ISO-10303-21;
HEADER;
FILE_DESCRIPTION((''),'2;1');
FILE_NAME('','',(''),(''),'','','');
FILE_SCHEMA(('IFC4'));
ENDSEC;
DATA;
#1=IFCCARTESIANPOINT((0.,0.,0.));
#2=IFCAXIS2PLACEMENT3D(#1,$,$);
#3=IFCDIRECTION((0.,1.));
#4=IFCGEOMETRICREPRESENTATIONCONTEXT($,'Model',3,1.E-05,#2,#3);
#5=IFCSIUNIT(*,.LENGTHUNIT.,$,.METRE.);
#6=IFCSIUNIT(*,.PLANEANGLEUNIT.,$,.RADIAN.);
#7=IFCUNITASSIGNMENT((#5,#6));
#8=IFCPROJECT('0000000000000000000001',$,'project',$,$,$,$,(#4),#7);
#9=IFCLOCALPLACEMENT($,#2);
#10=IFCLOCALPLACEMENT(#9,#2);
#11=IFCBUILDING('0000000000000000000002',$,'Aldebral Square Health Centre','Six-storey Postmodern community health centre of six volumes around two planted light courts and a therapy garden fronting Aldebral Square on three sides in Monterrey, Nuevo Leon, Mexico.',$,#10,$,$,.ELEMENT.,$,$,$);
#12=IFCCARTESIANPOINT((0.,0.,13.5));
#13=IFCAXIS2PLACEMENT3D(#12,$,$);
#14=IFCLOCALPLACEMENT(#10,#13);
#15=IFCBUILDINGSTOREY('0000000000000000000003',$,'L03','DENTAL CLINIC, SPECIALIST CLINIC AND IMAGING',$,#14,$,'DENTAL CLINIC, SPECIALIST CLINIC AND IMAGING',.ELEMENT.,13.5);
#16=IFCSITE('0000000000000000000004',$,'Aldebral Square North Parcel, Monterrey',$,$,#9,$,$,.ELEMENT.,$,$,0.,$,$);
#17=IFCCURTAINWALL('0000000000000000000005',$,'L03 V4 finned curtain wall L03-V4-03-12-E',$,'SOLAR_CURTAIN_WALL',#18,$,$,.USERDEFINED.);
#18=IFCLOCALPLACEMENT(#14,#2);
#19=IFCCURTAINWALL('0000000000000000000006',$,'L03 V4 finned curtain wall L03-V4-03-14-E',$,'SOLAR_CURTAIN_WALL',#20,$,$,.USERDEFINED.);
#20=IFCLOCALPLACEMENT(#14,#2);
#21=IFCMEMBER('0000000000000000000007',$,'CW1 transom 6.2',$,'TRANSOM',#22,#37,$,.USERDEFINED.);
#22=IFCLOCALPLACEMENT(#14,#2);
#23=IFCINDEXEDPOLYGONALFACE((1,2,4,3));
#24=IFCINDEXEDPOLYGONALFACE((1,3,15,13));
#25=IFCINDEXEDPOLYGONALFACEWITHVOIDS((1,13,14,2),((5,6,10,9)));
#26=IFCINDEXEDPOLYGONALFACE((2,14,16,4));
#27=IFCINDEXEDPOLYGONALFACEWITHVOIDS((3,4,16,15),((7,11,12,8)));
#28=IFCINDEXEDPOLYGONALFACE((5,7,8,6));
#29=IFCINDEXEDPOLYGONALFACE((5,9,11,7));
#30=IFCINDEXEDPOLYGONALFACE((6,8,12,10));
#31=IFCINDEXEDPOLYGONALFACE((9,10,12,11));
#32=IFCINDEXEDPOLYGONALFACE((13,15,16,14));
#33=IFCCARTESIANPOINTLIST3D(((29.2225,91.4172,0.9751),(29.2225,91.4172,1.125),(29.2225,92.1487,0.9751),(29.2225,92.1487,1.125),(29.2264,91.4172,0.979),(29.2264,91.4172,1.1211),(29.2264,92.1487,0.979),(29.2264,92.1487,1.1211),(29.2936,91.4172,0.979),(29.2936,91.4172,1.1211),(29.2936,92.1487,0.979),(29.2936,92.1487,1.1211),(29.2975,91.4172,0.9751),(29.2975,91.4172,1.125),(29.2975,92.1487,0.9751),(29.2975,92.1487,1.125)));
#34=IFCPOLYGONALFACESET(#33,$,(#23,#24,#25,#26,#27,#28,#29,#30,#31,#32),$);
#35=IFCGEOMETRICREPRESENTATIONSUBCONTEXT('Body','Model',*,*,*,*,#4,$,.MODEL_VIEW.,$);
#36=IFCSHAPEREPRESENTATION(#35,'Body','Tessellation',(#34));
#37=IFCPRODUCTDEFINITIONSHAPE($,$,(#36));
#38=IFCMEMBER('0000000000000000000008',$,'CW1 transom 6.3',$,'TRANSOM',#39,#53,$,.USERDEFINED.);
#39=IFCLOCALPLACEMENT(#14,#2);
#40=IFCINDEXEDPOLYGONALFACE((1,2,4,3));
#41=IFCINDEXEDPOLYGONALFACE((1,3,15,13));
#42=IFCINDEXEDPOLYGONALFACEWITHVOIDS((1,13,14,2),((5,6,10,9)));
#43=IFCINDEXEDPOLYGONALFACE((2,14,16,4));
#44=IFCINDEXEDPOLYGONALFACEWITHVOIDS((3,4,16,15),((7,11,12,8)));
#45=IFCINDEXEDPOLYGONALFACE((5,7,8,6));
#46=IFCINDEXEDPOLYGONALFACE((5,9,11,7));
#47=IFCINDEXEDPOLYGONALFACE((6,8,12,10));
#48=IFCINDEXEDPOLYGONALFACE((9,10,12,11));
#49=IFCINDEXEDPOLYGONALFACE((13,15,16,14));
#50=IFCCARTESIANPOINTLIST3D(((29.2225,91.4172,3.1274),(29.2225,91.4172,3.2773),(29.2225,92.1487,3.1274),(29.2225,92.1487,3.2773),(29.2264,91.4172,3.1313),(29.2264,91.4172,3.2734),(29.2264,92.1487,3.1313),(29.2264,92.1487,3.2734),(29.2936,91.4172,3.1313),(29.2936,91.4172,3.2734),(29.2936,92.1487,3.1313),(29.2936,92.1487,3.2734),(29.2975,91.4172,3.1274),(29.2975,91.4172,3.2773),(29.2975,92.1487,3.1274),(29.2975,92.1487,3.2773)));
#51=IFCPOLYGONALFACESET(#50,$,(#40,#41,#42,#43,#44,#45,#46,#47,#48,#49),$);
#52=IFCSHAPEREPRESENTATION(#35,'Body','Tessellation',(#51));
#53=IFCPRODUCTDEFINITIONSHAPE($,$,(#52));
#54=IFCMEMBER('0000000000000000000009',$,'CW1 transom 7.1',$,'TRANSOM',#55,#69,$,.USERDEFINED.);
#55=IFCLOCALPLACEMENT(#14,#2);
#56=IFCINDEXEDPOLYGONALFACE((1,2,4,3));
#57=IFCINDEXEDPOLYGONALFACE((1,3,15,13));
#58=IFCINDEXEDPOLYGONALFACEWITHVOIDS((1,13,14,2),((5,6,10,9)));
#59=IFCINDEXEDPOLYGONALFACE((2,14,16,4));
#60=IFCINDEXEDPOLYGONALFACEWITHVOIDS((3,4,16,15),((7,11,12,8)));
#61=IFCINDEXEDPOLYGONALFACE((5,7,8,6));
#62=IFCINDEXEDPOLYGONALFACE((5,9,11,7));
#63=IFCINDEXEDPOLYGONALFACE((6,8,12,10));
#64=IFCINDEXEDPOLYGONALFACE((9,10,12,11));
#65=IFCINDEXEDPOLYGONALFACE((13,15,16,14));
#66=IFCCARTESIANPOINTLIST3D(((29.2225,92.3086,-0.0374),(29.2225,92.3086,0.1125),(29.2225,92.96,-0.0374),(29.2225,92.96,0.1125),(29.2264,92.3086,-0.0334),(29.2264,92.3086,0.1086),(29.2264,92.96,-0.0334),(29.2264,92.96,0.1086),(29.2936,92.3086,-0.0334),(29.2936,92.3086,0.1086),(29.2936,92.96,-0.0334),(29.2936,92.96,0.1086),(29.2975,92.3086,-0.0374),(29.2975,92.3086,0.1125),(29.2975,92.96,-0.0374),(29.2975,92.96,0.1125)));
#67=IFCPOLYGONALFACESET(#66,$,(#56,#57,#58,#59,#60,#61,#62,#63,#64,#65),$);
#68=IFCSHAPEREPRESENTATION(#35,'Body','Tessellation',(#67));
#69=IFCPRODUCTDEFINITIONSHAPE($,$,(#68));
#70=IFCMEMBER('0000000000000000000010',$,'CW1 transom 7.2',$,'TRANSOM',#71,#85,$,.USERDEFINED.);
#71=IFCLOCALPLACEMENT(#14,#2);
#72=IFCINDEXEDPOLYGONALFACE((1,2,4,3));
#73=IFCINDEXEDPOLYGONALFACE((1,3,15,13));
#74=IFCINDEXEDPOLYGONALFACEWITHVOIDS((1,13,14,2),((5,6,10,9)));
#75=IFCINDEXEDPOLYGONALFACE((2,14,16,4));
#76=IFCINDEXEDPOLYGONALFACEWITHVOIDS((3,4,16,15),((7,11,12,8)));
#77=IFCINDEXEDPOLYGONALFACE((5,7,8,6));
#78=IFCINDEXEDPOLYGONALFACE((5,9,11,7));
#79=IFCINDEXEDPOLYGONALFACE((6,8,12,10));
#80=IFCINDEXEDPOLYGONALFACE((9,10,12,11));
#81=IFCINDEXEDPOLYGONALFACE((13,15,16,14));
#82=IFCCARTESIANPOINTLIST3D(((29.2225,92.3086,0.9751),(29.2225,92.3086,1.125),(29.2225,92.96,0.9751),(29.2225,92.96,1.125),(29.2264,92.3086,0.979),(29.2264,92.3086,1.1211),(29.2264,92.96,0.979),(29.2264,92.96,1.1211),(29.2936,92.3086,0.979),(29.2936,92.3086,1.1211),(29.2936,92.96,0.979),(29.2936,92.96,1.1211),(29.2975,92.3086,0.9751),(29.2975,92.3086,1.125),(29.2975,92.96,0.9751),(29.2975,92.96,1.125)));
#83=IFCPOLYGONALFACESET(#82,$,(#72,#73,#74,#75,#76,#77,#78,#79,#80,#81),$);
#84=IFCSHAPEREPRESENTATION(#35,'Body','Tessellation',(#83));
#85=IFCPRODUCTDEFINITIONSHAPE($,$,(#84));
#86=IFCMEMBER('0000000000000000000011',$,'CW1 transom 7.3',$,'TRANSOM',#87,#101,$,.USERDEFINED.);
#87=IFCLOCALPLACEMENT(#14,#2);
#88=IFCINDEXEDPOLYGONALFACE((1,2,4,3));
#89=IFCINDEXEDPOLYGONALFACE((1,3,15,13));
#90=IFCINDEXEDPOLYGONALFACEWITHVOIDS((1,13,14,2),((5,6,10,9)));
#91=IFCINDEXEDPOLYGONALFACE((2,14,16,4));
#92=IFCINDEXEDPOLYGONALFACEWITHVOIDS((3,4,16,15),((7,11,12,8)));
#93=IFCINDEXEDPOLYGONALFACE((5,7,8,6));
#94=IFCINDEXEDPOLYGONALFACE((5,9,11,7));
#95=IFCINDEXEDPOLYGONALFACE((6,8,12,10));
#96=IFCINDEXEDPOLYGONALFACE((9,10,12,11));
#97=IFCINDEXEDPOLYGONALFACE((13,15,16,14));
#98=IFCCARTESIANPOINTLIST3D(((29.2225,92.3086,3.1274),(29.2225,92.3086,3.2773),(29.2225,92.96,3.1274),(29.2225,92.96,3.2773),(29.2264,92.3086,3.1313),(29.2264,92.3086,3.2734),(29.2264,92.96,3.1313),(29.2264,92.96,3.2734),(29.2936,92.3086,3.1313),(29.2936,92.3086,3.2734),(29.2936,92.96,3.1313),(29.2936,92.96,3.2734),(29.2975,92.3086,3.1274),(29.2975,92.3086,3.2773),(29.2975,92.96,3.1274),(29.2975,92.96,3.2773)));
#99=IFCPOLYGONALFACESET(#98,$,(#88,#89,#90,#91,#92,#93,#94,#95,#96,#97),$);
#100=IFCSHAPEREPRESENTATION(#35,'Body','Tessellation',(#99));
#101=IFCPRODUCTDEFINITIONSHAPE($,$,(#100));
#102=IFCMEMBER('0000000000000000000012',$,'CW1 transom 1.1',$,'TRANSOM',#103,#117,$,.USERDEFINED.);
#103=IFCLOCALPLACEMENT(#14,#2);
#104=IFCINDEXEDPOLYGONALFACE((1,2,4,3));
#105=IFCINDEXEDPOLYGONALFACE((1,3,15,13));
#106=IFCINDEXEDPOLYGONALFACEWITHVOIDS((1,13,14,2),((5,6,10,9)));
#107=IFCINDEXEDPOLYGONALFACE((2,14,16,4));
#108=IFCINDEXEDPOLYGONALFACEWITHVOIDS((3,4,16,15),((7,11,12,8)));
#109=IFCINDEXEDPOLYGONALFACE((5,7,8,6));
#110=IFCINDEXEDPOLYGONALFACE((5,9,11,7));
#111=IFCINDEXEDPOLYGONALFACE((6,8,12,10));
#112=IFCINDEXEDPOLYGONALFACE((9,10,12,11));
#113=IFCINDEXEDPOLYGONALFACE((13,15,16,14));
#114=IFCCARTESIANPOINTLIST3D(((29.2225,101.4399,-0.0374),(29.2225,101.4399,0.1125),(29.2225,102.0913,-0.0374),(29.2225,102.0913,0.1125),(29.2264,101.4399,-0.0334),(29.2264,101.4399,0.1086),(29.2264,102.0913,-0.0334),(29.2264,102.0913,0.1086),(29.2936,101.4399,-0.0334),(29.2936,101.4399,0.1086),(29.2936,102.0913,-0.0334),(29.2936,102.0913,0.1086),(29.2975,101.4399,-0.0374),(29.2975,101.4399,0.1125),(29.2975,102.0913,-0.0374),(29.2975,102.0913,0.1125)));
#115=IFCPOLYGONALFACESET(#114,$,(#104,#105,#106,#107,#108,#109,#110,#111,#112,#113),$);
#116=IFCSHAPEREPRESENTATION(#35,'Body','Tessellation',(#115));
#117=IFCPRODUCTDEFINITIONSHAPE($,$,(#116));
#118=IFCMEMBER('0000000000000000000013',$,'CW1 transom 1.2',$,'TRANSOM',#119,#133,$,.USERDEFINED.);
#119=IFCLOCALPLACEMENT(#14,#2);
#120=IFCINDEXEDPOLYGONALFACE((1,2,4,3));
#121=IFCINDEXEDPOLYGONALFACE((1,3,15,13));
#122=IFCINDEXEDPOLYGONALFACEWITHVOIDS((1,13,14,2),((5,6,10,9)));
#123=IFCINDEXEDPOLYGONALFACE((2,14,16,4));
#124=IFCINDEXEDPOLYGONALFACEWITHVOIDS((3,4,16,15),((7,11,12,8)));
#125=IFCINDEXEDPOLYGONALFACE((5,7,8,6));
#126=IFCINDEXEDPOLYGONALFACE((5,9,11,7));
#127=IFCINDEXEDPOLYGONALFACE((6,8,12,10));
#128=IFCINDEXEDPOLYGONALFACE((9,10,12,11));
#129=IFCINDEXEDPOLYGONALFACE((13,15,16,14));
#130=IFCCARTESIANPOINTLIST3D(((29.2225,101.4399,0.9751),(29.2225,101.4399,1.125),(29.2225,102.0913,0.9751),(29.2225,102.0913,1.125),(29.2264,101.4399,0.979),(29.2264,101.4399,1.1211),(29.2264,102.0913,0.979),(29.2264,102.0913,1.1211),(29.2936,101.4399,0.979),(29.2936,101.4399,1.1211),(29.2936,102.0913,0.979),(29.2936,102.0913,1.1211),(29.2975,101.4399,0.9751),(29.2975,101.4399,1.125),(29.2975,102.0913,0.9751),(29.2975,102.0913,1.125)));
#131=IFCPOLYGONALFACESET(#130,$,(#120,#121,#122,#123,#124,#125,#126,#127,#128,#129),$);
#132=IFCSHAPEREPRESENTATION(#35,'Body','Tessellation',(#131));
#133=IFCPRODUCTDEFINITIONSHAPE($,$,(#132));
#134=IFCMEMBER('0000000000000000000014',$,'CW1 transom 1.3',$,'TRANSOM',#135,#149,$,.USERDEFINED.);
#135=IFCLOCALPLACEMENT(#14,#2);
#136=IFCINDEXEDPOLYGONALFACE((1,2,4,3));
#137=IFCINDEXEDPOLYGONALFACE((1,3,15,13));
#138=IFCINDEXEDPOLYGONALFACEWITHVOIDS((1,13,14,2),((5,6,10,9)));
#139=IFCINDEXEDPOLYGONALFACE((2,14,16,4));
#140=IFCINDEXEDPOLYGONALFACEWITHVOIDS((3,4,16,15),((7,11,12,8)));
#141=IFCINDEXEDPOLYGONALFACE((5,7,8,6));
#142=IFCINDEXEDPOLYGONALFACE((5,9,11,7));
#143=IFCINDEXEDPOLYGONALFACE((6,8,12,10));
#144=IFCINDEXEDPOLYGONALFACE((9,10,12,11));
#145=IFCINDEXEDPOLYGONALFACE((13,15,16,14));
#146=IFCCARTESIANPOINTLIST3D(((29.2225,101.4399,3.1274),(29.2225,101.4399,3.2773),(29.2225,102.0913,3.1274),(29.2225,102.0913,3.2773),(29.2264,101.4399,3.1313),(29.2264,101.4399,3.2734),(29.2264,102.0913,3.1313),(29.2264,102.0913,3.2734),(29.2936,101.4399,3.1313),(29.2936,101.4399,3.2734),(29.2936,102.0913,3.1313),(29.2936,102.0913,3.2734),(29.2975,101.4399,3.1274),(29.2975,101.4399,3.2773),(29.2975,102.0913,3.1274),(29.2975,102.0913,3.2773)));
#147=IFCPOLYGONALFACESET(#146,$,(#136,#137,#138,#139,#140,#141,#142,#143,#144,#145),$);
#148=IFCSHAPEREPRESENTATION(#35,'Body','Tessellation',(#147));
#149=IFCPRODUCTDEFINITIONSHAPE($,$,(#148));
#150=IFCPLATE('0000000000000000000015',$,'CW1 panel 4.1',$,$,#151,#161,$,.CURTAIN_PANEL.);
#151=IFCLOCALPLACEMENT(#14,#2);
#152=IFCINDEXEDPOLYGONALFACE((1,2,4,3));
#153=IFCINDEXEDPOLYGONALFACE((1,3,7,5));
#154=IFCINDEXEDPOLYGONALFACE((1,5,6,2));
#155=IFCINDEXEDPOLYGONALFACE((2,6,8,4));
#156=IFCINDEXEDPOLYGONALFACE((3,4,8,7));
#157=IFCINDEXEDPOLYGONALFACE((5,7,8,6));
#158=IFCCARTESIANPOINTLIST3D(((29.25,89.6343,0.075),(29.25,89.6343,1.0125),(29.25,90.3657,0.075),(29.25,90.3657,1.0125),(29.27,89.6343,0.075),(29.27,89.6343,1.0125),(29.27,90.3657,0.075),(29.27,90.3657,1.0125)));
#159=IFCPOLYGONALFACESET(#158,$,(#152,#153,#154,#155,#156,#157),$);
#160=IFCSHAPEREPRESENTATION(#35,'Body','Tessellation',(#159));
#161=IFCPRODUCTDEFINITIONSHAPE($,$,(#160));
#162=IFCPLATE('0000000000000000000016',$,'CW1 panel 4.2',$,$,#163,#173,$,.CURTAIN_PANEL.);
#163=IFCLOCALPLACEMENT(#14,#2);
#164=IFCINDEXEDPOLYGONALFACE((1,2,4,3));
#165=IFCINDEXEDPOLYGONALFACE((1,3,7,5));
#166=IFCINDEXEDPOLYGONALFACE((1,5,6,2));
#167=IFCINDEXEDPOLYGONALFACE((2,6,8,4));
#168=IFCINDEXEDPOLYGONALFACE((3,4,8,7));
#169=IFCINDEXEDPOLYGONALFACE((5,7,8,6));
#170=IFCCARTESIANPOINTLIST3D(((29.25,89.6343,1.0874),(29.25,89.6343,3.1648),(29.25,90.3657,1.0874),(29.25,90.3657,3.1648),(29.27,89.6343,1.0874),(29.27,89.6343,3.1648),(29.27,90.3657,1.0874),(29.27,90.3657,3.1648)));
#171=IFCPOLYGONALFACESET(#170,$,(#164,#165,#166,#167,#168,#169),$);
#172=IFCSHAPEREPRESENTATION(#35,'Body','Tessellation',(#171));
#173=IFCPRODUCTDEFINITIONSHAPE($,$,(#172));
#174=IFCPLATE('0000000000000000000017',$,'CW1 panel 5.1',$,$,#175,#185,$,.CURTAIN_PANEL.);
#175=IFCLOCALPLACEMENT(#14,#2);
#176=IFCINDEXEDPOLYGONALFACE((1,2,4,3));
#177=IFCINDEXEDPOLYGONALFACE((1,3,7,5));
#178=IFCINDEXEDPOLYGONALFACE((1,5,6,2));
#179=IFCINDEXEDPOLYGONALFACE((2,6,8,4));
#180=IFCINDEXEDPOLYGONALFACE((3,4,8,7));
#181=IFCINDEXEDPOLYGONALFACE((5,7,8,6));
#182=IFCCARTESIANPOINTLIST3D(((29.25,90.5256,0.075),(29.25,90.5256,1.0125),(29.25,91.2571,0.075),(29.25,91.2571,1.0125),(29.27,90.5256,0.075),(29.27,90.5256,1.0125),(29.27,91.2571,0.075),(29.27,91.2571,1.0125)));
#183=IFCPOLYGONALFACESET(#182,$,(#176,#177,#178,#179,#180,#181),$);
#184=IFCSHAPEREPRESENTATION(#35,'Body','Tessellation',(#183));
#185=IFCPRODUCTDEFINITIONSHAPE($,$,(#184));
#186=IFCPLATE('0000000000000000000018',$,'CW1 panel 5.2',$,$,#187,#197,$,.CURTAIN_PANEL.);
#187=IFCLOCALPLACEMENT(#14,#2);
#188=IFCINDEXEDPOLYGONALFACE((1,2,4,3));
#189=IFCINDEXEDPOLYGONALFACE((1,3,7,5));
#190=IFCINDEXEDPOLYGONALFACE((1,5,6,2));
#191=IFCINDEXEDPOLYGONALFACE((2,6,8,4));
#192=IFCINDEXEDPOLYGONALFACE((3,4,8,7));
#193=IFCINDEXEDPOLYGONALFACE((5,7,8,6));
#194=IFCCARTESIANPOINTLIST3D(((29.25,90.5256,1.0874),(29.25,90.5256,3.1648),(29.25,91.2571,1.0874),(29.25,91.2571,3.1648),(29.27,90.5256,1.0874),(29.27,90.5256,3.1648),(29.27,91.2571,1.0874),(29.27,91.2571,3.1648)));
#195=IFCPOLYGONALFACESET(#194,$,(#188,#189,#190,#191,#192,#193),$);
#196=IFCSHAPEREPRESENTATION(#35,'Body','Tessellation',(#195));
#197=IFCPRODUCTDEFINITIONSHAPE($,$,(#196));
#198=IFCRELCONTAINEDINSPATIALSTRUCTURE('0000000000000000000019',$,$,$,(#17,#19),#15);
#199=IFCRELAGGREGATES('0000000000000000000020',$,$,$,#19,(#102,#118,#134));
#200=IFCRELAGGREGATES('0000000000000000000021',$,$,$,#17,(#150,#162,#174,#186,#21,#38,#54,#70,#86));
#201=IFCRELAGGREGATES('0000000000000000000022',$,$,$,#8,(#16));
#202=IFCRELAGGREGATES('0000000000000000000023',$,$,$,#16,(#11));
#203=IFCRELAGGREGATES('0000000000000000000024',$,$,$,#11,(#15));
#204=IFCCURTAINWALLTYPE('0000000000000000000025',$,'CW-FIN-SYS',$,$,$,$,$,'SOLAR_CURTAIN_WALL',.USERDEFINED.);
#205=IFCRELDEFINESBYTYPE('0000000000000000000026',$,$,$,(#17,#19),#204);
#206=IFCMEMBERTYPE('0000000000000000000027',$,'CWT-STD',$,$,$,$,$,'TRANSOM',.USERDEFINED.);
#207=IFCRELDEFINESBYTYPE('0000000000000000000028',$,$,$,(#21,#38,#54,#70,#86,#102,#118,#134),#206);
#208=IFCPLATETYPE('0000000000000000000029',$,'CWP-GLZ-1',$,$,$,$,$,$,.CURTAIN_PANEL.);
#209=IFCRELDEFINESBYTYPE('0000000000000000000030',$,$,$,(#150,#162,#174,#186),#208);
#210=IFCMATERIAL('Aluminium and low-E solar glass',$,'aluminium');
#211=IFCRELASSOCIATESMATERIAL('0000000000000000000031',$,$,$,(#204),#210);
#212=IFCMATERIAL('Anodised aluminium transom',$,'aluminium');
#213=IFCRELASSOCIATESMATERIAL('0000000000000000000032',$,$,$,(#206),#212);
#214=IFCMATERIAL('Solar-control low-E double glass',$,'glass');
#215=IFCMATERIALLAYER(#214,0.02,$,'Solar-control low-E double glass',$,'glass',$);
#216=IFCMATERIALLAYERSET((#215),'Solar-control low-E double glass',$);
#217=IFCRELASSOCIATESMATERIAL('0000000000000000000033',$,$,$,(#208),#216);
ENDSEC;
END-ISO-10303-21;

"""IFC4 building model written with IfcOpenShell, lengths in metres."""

from ifc_helpers import new_model, si_unit, direction, frame, origin, origin_2d, place, context, subcontext, project, spatial, rectangle, hollow_rectangle, extrude, material, layer, layer_set, material_profile, profile_set, type_object, element, aggregate, save


model = new_model("IFC4")

# Units and contexts
model_context = context("Model", 3, precision=1e-05, world=origin(), true_north=direction((0.0, 1.0)))
body_context = subcontext(model_context, "Body", "Model", "MODEL_VIEW")
ifc_project = project(units=[si_unit("LENGTHUNIT", "METRE"), si_unit("PLANEANGLEUNIT", "RADIAN")], contexts=[model_context])

# Site, building, storey
site_placement = place(None, origin())
site = spatial("IfcSite", under=ifc_project, at=site_placement, Name="Aldebral Square North Parcel, Monterrey", CompositionType="ELEMENT", RefElevation=0.0)
building_placement = place(site_placement, origin())
building = spatial("IfcBuilding", under=site, at=building_placement, Name="Aldebral Square Health Centre", Description="Six-storey Postmodern community health centre of six volumes around two planted light courts and a therapy garden fronting Aldebral Square on three sides in Monterrey, Nuevo Leon, Mexico.", CompositionType="ELEMENT")
storey_placement = place(building_placement, frame((0.0, 0.0, 13.5)))
storey = spatial("IfcBuildingStorey", under=building, at=storey_placement, Name="L03", Description="DENTAL CLINIC, SPECIALIST CLINIC AND IMAGING", LongName="DENTAL CLINIC, SPECIALIST CLINIC AND IMAGING", CompositionType="ELEMENT", Elevation=13.5)

# Curtain wall
ifc_material_1 = material(Name="Aluminium and low-E solar glass", Category="aluminium")
curtain_wall_type = type_object("IfcCurtainWallType", Name="CW-FIN-SYS", ElementType="SOLAR_CURTAIN_WALL", PredefinedType="USERDEFINED", material=ifc_material_1)
curtain_wall_1_placement = place(storey_placement, origin())
curtain_wall_1 = element("IfcCurtainWall", 1, at=curtain_wall_1_placement, inside=storey, type_object=curtain_wall_type, Name="L03 V4 finned curtain wall L03-V4-03-12-E", ObjectType="SOLAR_CURTAIN_WALL", PredefinedType="USERDEFINED")

# Curtain wall
curtain_wall_2_placement = place(storey_placement, origin())
curtain_wall_2 = element("IfcCurtainWall", 2, at=curtain_wall_2_placement, inside=storey, type_object=curtain_wall_type, Name="L03 V4 finned curtain wall L03-V4-03-14-E", ObjectType="SOLAR_CURTAIN_WALL", PredefinedType="USERDEFINED")

# Members
ifc_material_2 = material(Name="Anodised aluminium transom", Category="aluminium")
ifc_material_profile_1 = material_profile(ifc_material_2, hollow_rectangle(XDim=0.075, YDim=0.1499, WallThickness=0.0039, at=origin_2d()), Name="CWT 75x150x4")
ifc_profile_set_1 = profile_set([ifc_material_profile_1], Name="Anodised aluminium transom")
member_type_1 = type_object("IfcMemberType", Name="CWT-STD", ElementType="TRANSOM", PredefinedType="USERDEFINED", material=ifc_profile_set_1)
member_1_placement = place(storey_placement, frame((29.26, 91.4172, 1.05), z_axis=(0.0, 1.0, 0.0), x_axis=(-1.0, 0.0, 0.0)))
member_1 = element("IfcMember", 3, at=member_1_placement, type_object=member_type_1, Name="CW1 transom 6.2", ObjectType="TRANSOM", PredefinedType="USERDEFINED", context=body_context, shape_type="SweptSolid", body=[
    extrude(hollow_rectangle(XDim=0.075, YDim=0.1499, WallThickness=0.0039, at=origin_2d()), origin(), (0.0, 0.0, 1.0), 0.7314),
])
member_2_placement = place(storey_placement, frame((29.26, 91.4172, 3.2024), z_axis=(0.0, 1.0, 0.0), x_axis=(-1.0, 0.0, 0.0)))
member_2 = element("IfcMember", 4, at=member_2_placement, type_object=member_type_1, Name="CW1 transom 6.3", ObjectType="TRANSOM", PredefinedType="USERDEFINED", context=body_context, shape_type="SweptSolid", body=[
    extrude(hollow_rectangle(XDim=0.075, YDim=0.1499, WallThickness=0.0039, at=origin_2d()), origin(), (0.0, 0.0, 1.0), 0.7314),
])
member_3_placement = place(storey_placement, frame((29.26, 92.3086, 0.0376), z_axis=(0.0, 1.0, 0.0), x_axis=(-1.0, 0.0, 0.0)))
member_3 = element("IfcMember", 5, at=member_3_placement, type_object=member_type_1, Name="CW1 transom 7.1", ObjectType="TRANSOM", PredefinedType="USERDEFINED", context=body_context, shape_type="SweptSolid", body=[
    extrude(hollow_rectangle(XDim=0.075, YDim=0.1499, WallThickness=0.0039, at=origin_2d()), origin(), (0.0, 0.0, 1.0), 0.6514),
])
member_4_placement = place(storey_placement, frame((29.26, 92.3086, 1.05), z_axis=(0.0, 1.0, 0.0), x_axis=(-1.0, 0.0, 0.0)))
member_4 = element("IfcMember", 6, at=member_4_placement, type_object=member_type_1, Name="CW1 transom 7.2", ObjectType="TRANSOM", PredefinedType="USERDEFINED", context=body_context, shape_type="SweptSolid", body=[
    extrude(hollow_rectangle(XDim=0.075, YDim=0.1499, WallThickness=0.0039, at=origin_2d()), origin(), (0.0, 0.0, 1.0), 0.6514),
])
member_5_placement = place(storey_placement, frame((29.26, 92.3086, 3.2024), z_axis=(0.0, 1.0, 0.0), x_axis=(-1.0, 0.0, 0.0)))
member_5 = element("IfcMember", 7, at=member_5_placement, type_object=member_type_1, Name="CW1 transom 7.3", ObjectType="TRANSOM", PredefinedType="USERDEFINED", context=body_context, shape_type="SweptSolid", body=[
    extrude(hollow_rectangle(XDim=0.075, YDim=0.1499, WallThickness=0.0039, at=origin_2d()), origin(), (0.0, 0.0, 1.0), 0.6514),
])
member_6_placement = place(storey_placement, frame((29.26, 101.4399, 0.0376), z_axis=(0.0, 1.0, 0.0), x_axis=(-1.0, 0.0, 0.0)))
member_6 = element("IfcMember", 8, at=member_6_placement, type_object=member_type_1, Name="CW1 transom 1.1", ObjectType="TRANSOM", PredefinedType="USERDEFINED", context=body_context, shape_type="SweptSolid", body=[
    extrude(hollow_rectangle(XDim=0.075, YDim=0.1499, WallThickness=0.0039, at=origin_2d()), origin(), (0.0, 0.0, 1.0), 0.6514),
])
member_7_placement = place(storey_placement, frame((29.26, 101.4399, 1.05), z_axis=(0.0, 1.0, 0.0), x_axis=(-1.0, 0.0, 0.0)))
member_7 = element("IfcMember", 9, at=member_7_placement, type_object=member_type_1, Name="CW1 transom 1.2", ObjectType="TRANSOM", PredefinedType="USERDEFINED", context=body_context, shape_type="SweptSolid", body=[
    extrude(hollow_rectangle(XDim=0.075, YDim=0.1499, WallThickness=0.0039, at=origin_2d()), origin(), (0.0, 0.0, 1.0), 0.6514),
])
member_8_placement = place(storey_placement, frame((29.26, 101.4399, 3.2024), z_axis=(0.0, 1.0, 0.0), x_axis=(-1.0, 0.0, 0.0)))
member_8 = element("IfcMember", 10, at=member_8_placement, type_object=member_type_1, Name="CW1 transom 1.3", ObjectType="TRANSOM", PredefinedType="USERDEFINED", context=body_context, shape_type="SweptSolid", body=[
    extrude(hollow_rectangle(XDim=0.075, YDim=0.1499, WallThickness=0.0039, at=origin_2d()), origin(), (0.0, 0.0, 1.0), 0.6514),
])
aggregate(curtain_wall_2, [member_6, member_7, member_8])

# Plates
ifc_material_3 = material(Name="Solar-control low-E double glass", Category="glass")
ifc_layer = layer(ifc_material_3, 0.02, Name="Solar-control low-E double glass", Category="glass")
ifc_layer_set = layer_set([ifc_layer], Name="Solar-control low-E double glass")
plate_type = type_object("IfcPlateType", Name="CWP-GLZ-1", PredefinedType="CURTAIN_PANEL", material=ifc_layer_set)
plate_1_placement = place(storey_placement, frame((29.26, 90.0, 0.075), z_axis=(0.0, 0.0, 1.0), x_axis=(0.0, 1.0, 0.0)))
plate_1 = element("IfcPlate", 11, at=plate_1_placement, type_object=plate_type, Name="CW1 panel 4.1", PredefinedType="CURTAIN_PANEL", context=body_context, shape_type="SweptSolid", body=[
    extrude(rectangle(XDim=0.7314, YDim=0.02, at=origin_2d()), origin(), (0.0, 0.0, 1.0), 0.9375),
])
plate_2_placement = place(storey_placement, frame((29.26, 90.0, 1.0874), z_axis=(0.0, 0.0, 1.0), x_axis=(0.0, 1.0, 0.0)))
plate_2 = element("IfcPlate", 12, at=plate_2_placement, type_object=plate_type, Name="CW1 panel 4.2", PredefinedType="CURTAIN_PANEL", context=body_context, shape_type="SweptSolid", body=[
    extrude(rectangle(XDim=0.7314, YDim=0.02, at=origin_2d()), origin(), (0.0, 0.0, 1.0), 2.0774),
])
plate_3_placement = place(storey_placement, frame((29.26, 90.8914, 0.075), z_axis=(0.0, 0.0, 1.0), x_axis=(0.0, 1.0, 0.0)))
plate_3 = element("IfcPlate", 13, at=plate_3_placement, type_object=plate_type, Name="CW1 panel 5.1", PredefinedType="CURTAIN_PANEL", context=body_context, shape_type="SweptSolid", body=[
    extrude(rectangle(XDim=0.7314, YDim=0.02, at=origin_2d()), origin(), (0.0, 0.0, 1.0), 0.9375),
])
plate_4_placement = place(storey_placement, frame((29.26, 90.8914, 1.0874), z_axis=(0.0, 0.0, 1.0), x_axis=(0.0, 1.0, 0.0)))
plate_4 = element("IfcPlate", 14, at=plate_4_placement, type_object=plate_type, Name="CW1 panel 5.2", PredefinedType="CURTAIN_PANEL", context=body_context, shape_type="SweptSolid", body=[
    extrude(rectangle(XDim=0.7314, YDim=0.02, at=origin_2d()), origin(), (0.0, 0.0, 1.0), 2.0774),
])
aggregate(curtain_wall_1, [plate_1, plate_2, plate_3, plate_4, member_1, member_2, member_3, member_4, member_5])

save(model, "model.ifc")
